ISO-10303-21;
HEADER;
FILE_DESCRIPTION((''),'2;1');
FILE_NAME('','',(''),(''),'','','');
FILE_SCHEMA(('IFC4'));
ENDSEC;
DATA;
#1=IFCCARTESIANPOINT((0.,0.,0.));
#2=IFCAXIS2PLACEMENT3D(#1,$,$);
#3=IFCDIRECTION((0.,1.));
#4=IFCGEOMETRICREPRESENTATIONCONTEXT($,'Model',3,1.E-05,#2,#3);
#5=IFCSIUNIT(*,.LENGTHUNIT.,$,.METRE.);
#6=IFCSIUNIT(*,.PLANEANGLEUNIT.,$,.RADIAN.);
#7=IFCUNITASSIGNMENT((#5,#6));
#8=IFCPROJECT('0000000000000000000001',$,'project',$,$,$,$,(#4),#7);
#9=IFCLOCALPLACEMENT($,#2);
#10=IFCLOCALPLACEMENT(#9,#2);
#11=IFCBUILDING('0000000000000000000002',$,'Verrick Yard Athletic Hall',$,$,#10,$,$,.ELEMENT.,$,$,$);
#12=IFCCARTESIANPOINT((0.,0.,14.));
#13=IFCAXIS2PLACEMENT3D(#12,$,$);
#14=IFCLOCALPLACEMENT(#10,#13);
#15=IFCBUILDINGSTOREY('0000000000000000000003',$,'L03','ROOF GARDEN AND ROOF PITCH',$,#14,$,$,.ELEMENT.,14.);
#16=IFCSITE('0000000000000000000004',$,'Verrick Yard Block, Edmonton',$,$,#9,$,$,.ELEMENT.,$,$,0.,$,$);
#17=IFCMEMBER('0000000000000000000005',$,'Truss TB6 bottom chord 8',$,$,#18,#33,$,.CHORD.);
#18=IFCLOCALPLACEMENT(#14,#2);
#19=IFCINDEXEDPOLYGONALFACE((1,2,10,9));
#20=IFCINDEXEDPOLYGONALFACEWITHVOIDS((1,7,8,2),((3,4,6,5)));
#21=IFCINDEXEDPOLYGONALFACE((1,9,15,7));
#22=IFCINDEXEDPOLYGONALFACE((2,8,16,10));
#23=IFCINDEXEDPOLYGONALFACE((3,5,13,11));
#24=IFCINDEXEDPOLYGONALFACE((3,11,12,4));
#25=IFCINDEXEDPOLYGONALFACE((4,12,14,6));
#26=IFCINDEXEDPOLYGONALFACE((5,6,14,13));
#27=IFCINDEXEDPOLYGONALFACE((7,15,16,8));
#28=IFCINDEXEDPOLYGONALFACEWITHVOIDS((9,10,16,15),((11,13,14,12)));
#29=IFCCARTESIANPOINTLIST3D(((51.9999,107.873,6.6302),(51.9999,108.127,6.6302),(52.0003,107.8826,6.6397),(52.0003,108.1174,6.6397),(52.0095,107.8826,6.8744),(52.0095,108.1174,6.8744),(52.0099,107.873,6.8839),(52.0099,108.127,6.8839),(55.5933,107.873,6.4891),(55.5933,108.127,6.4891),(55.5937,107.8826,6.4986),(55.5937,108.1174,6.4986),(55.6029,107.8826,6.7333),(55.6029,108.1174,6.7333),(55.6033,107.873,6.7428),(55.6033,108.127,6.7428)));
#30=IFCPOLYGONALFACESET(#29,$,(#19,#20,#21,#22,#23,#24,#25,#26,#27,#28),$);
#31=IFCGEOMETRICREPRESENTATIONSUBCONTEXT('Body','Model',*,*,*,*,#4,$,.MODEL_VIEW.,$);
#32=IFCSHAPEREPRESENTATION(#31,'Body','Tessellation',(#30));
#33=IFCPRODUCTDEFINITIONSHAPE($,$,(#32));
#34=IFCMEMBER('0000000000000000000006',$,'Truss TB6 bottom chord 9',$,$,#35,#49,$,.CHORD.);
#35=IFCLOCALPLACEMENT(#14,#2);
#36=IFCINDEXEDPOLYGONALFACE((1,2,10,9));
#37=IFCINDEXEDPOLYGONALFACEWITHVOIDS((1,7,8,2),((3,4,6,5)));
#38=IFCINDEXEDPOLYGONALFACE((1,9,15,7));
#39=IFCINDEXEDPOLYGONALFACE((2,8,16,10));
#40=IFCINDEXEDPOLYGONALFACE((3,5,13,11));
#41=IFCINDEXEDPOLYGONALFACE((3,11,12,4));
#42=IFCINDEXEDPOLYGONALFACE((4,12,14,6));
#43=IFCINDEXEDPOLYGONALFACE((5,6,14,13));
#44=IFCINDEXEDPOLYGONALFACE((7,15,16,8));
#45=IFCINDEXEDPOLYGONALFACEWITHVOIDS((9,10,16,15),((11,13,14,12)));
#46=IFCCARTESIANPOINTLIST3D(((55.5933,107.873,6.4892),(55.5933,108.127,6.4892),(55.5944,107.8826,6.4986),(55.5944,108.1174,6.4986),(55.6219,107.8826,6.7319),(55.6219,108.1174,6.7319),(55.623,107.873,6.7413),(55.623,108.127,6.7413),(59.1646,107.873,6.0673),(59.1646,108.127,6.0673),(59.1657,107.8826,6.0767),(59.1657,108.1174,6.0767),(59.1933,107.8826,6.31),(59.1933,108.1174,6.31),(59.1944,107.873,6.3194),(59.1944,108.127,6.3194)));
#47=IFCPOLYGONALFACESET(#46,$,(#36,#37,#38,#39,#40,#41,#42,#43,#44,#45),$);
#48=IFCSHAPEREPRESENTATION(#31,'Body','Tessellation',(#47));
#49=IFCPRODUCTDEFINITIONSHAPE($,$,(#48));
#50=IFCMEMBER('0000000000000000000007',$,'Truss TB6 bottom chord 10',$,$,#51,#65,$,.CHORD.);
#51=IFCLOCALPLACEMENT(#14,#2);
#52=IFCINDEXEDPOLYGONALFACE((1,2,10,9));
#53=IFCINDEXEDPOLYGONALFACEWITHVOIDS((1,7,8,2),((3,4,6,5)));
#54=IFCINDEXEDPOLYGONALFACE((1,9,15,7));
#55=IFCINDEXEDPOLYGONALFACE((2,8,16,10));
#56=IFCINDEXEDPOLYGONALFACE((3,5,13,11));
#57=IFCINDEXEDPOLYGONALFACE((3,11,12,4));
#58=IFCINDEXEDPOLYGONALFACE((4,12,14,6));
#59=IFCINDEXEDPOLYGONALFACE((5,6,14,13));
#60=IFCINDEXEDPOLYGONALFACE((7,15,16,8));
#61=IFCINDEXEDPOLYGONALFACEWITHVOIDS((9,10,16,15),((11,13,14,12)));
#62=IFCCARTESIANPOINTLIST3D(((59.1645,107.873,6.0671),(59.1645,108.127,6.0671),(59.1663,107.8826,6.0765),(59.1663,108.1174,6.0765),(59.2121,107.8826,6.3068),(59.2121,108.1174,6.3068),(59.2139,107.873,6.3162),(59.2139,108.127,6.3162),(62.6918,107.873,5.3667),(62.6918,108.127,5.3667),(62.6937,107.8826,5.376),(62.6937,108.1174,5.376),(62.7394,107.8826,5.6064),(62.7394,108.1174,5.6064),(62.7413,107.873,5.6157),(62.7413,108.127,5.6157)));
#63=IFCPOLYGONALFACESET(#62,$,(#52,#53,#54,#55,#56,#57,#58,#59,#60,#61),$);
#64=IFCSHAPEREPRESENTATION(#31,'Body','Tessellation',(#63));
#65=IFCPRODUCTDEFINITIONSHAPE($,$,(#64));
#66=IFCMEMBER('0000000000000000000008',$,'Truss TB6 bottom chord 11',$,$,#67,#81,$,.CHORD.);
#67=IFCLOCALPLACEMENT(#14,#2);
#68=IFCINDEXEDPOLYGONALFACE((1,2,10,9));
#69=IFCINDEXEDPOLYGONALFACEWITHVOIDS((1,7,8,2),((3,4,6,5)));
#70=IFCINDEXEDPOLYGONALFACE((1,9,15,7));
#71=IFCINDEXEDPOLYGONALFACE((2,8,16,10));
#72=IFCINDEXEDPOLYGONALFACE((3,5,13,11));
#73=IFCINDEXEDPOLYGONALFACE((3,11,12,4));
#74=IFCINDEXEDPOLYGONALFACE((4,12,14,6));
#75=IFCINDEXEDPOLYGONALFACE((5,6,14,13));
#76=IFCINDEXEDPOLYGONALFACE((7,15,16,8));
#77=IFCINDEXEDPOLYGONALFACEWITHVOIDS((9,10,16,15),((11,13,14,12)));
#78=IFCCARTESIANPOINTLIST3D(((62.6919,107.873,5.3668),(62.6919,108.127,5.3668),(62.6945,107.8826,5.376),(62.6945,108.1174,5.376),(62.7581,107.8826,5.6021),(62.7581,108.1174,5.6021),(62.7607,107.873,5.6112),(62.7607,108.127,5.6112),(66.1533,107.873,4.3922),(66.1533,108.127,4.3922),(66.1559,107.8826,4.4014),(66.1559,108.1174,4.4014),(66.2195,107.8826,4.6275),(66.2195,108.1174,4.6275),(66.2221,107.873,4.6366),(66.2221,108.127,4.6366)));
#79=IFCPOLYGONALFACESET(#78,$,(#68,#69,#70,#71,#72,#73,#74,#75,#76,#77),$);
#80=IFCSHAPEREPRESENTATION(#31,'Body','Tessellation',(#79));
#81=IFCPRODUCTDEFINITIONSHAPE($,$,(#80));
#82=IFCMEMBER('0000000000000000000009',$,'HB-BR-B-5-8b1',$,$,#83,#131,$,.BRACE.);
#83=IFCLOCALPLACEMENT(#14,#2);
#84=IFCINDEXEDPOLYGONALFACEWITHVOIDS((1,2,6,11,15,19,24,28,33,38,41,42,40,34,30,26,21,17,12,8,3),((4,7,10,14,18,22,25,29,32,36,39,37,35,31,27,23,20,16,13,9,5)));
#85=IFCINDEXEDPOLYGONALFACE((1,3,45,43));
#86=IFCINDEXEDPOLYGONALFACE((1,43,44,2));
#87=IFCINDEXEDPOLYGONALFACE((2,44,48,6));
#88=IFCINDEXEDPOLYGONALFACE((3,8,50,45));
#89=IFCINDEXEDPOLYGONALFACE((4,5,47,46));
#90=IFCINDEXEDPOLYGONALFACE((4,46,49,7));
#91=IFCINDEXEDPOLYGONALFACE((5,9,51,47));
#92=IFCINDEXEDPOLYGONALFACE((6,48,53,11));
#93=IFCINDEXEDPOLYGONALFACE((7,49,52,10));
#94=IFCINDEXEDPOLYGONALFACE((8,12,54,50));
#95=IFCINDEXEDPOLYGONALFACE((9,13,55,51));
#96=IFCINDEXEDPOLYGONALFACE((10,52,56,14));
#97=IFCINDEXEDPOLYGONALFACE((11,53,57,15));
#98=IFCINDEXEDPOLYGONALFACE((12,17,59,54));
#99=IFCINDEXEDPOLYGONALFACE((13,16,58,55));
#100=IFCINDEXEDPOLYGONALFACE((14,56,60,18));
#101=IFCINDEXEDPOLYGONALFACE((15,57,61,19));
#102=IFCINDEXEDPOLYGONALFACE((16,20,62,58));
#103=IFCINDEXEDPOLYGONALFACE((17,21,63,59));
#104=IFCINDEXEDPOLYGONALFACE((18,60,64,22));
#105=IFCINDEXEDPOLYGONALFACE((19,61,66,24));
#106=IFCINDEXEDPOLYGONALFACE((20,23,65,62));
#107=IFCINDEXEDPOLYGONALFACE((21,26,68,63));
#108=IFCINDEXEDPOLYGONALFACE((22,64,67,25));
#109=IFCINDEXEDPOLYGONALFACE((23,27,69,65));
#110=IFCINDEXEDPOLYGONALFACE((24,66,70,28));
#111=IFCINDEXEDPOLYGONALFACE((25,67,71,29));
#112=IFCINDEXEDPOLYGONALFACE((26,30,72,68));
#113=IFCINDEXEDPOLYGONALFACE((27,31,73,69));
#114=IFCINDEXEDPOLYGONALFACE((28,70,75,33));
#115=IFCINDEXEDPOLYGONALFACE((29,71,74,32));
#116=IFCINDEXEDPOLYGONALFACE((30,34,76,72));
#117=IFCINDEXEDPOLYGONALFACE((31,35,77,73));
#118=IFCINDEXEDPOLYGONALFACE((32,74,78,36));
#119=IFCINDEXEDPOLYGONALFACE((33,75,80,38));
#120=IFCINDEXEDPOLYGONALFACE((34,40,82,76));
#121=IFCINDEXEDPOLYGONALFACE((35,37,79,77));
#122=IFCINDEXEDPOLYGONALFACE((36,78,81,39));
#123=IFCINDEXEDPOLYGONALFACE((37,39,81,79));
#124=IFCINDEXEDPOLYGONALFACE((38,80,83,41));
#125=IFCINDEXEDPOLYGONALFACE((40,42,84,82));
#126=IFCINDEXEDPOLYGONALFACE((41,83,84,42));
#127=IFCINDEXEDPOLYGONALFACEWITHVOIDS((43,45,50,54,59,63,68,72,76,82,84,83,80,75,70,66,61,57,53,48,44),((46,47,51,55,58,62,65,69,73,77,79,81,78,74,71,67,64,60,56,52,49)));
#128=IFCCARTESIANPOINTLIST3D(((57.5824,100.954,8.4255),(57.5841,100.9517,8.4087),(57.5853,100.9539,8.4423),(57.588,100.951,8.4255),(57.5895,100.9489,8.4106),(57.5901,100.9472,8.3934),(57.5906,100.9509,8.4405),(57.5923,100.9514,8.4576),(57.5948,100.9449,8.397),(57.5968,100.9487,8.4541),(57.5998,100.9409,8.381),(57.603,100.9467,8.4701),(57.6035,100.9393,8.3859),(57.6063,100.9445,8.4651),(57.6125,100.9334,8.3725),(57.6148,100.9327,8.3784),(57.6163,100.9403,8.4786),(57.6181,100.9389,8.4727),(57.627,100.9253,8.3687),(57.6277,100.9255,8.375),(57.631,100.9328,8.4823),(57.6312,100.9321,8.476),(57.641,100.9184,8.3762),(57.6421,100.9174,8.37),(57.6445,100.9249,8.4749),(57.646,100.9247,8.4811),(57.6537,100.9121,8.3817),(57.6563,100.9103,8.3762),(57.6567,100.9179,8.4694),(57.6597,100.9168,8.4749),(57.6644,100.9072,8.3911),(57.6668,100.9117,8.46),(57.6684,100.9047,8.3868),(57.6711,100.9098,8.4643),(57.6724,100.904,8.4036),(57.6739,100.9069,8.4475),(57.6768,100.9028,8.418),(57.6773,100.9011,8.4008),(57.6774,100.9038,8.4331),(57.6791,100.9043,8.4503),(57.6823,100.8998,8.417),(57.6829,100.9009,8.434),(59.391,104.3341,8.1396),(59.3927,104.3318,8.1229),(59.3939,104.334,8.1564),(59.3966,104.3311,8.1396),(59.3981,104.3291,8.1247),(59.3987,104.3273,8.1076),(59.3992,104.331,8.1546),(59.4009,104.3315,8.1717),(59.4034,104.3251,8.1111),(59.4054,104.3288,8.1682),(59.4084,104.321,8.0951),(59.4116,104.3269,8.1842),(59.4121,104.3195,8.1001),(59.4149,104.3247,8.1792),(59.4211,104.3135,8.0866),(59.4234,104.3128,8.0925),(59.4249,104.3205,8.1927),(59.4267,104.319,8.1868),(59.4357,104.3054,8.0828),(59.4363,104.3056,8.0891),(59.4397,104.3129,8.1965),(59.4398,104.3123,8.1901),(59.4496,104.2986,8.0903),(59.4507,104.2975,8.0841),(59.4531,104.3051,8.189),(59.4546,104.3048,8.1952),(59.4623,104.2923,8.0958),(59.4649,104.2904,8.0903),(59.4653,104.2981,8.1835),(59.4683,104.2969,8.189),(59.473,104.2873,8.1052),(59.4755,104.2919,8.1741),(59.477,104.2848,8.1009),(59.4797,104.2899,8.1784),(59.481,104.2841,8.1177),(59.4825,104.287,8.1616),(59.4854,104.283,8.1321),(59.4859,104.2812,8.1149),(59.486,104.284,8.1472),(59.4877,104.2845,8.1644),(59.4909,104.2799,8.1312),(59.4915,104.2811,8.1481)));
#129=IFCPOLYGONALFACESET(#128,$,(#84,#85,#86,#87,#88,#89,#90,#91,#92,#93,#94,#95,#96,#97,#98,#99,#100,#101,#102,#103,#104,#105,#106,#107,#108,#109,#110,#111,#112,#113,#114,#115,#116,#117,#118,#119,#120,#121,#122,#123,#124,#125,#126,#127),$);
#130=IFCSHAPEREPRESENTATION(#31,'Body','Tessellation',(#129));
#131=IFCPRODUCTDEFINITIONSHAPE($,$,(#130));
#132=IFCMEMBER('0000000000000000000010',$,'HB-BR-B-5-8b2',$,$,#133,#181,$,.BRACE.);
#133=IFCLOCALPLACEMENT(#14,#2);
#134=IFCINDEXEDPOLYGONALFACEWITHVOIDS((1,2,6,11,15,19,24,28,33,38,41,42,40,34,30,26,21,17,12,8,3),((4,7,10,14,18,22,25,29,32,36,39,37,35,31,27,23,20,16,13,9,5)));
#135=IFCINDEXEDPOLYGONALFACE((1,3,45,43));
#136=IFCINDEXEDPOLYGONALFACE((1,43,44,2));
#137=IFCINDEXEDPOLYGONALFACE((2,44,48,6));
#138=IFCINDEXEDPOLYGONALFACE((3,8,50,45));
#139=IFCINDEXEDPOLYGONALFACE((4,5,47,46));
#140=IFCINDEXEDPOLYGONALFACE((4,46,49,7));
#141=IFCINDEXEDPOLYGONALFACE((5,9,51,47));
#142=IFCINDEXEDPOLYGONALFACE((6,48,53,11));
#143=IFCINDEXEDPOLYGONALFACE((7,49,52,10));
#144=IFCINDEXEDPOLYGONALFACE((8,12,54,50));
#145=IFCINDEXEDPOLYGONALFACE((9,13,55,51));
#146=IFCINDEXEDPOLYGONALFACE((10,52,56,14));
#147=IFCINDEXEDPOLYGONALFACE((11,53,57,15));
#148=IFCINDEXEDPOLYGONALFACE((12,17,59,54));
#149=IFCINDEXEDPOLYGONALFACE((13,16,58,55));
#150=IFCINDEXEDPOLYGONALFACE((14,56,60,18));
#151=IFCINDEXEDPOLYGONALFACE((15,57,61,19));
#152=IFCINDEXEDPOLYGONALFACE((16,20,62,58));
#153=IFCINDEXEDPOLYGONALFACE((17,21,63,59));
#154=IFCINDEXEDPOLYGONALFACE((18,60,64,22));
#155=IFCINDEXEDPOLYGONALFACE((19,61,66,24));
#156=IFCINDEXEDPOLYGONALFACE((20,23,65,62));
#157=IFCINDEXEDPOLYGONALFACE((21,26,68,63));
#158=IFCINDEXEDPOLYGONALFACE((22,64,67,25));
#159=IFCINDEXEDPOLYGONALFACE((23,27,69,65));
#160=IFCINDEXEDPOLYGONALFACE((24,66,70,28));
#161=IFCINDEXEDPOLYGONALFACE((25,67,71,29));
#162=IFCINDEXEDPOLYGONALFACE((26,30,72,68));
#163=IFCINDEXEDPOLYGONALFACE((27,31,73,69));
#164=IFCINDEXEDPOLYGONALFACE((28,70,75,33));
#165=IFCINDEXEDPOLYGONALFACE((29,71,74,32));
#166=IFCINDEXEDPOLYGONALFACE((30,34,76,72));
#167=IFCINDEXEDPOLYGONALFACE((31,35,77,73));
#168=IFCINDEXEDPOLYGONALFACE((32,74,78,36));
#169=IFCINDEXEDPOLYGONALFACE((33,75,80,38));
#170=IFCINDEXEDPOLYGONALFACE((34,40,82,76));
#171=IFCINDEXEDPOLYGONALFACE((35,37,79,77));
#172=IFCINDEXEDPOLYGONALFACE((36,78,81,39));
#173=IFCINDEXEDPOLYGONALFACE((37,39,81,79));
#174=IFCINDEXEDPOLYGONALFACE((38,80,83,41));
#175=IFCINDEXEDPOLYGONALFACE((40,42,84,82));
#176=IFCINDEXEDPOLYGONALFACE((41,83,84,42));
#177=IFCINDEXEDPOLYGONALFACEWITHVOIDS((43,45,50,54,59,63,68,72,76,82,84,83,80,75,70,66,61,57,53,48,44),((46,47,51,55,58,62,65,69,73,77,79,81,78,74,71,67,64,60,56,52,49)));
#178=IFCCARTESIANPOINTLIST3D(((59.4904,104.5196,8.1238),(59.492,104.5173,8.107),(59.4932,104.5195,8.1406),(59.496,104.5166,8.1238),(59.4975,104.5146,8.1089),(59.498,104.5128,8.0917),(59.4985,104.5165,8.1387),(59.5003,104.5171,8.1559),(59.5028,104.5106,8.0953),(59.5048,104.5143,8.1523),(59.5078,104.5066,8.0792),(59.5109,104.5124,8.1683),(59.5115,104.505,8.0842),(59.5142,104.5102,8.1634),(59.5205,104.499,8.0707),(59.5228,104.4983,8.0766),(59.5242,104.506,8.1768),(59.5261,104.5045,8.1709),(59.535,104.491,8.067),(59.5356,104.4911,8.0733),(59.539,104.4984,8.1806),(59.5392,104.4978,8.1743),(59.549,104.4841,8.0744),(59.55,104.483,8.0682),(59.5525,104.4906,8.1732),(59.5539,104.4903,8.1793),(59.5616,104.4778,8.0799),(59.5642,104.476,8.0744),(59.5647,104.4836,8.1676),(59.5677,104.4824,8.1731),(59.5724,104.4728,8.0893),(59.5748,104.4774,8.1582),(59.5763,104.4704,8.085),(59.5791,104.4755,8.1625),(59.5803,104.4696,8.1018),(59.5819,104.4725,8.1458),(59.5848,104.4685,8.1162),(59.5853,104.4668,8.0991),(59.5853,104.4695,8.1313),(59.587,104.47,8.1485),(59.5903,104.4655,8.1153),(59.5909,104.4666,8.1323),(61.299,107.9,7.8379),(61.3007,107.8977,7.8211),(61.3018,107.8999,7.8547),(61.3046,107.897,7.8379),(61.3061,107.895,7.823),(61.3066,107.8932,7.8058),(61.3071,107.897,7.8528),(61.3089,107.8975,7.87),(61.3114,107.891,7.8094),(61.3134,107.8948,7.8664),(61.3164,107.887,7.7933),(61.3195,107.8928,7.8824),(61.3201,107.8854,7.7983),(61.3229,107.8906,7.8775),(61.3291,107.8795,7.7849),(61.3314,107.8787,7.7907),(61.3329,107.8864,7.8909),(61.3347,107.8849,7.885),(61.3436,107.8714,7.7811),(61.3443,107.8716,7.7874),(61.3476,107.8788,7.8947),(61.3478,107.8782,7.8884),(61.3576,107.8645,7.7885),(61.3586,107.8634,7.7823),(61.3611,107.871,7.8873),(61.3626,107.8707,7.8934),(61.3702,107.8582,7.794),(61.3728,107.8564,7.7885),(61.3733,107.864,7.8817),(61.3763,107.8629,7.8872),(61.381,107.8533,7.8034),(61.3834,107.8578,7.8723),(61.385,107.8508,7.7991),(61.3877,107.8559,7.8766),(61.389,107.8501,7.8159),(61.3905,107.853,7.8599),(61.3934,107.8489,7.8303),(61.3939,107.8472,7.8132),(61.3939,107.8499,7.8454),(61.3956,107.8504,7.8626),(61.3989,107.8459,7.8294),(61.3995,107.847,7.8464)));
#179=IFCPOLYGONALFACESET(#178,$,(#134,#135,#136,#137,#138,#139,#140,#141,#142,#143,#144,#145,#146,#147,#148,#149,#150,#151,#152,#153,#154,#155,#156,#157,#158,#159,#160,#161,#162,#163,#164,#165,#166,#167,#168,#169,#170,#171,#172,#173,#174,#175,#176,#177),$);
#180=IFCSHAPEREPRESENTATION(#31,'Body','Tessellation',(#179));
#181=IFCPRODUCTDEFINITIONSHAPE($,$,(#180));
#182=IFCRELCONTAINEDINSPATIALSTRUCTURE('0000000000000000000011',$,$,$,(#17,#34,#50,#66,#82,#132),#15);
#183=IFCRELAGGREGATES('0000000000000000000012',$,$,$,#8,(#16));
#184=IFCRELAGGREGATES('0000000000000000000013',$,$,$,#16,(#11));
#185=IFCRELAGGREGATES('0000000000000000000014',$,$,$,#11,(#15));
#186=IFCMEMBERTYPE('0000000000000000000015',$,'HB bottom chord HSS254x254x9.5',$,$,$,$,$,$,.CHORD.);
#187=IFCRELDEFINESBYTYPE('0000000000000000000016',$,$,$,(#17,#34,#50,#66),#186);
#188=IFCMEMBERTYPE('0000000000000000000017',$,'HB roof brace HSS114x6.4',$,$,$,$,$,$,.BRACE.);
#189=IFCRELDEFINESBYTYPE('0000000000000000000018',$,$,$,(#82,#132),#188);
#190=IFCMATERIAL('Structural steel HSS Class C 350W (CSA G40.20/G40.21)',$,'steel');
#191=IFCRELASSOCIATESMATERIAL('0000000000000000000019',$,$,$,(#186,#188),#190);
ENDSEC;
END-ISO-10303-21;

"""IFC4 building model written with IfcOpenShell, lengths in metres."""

from ifc_helpers import new_model, si_unit, direction, frame, origin, origin_2d, place, context, subcontext, project, spatial, hollow_rectangle, hollow_circle, extrude, material, material_profile, profile_set, type_object, element, save


model = new_model("IFC4")

# Units and contexts
model_context = context("Model", 3, precision=1e-05, world=origin(), true_north=direction((0.0, 1.0)))
body_context = subcontext(model_context, "Body", "Model", "MODEL_VIEW")
ifc_project = project(units=[si_unit("LENGTHUNIT", "METRE"), si_unit("PLANEANGLEUNIT", "RADIAN")], contexts=[model_context])

# Site, building, storey
site_placement = place(None, origin())
site = spatial("IfcSite", under=ifc_project, at=site_placement, Name="Verrick Yard Block, Edmonton", CompositionType="ELEMENT", RefElevation=0.0)
building_placement = place(site_placement, origin())
building = spatial("IfcBuilding", under=site, at=building_placement, Name="Verrick Yard Athletic Hall", CompositionType="ELEMENT")
storey_placement = place(building_placement, frame((0.0, 0.0, 14.0)))
storey = spatial("IfcBuildingStorey", under=building, at=storey_placement, Name="L03", Description="ROOF GARDEN AND ROOF PITCH", CompositionType="ELEMENT", Elevation=14.0)

# Members
ifc_material_1 = material(Name="Structural steel HSS Class C 350W (CSA G40.20/G40.21)", Category="steel")
ifc_material_profile_1 = material_profile(ifc_material_1, hollow_rectangle(XDim=0.2539, YDim=0.2539, WallThickness=0.0095, at=origin_2d()), Name="HSS254x254x9.5")
ifc_profile_set_1 = profile_set([ifc_material_profile_1], Name="Structural steel HSS Class C 350W (CSA G40.20/G40.21)")
member_type_1 = type_object("IfcMemberType", Name="HB bottom chord HSS254x254x9.5", PredefinedType="CHORD", material=ifc_profile_set_1)
for number, where, z_axis, x_axis, name in (
    (1, (52.0049, 108.0, 6.7571), (0.99923, 0.0, -0.039239), (0.0, 1.0, 0.0), "Truss TB6 bottom chord 8"),
    (2, (55.6082, 108.0, 6.6152), (0.993095, 0.0, -0.117314), (0.0, 1.0, 0.0), "Truss TB6 bottom chord 9"),
    (3, (59.1892, 108.0, 6.1917), (0.980849, 0.0, -0.194771), (0.0, 1.0, 0.0), "Truss TB6 bottom chord 10"),
):
    element("IfcMember", number, at=place(storey_placement, frame(where, z_axis=z_axis, x_axis=x_axis)), inside=storey, type_object=member_type_1, Name=name, PredefinedType="CHORD", context=body_context, shape_type="SweptSolid", body=[
        extrude(hollow_rectangle(XDim=0.2539, YDim=0.2539, WallThickness=0.0095, at=origin_2d()), origin(), (0.0, 0.0, 1.0), 3.5962),
    ])
member_1_placement = place(storey_placement, frame((62.7263, 108.0, 5.489), z_axis=(0.962572, 0.0, -0.271025), x_axis=(0.0, 1.0, 0.0)))
element("IfcMember", 4, at=member_1_placement, inside=storey, type_object=member_type_1, Name="Truss TB6 bottom chord 11", PredefinedType="CHORD", context=body_context, shape_type="SweptSolid", body=[
    extrude(hollow_rectangle(XDim=0.2539, YDim=0.2539, WallThickness=0.0095, at=origin_2d()), origin(), (0.0, 0.0, 1.0), 3.5959),
])
ifc_material_profile_2 = material_profile(ifc_material_1, hollow_circle(Radius=0.0571, WallThickness=0.0063, at=origin_2d()), Name="HSS114x6.4")
ifc_profile_set_2 = profile_set([ifc_material_profile_2], Name="Structural steel HSS Class C 350W (CSA G40.20/G40.21)")
member_type_2 = type_object("IfcMemberType", Name="HB roof brace HSS114x6.4", PredefinedType="BRACE", material=ifc_profile_set_2)
member_2_placement = place(storey_placement, frame((57.6328, 100.927, 8.4255), z_axis=(0.470471, 0.879276, -0.074369), x_axis=(-0.881717, 0.471778, 0.0)))
element("IfcMember", 5, at=member_2_placement, inside=storey, type_object=member_type_2, Name="HB-BR-B-5-8b1", PredefinedType="BRACE", context=body_context, shape_type="SweptSolid", body=[
    extrude(hollow_circle(Radius=0.0571, WallThickness=0.0063, at=origin_2d()), origin(), (0.0, 0.0, 1.0), 3.8442),
])
member_3_placement = place(storey_placement, frame((59.5408, 104.4927, 8.1238), z_axis=(0.470445, 0.87929, -0.074364), x_axis=(-0.881732, 0.471751, 0.0)))
element("IfcMember", 6, at=member_3_placement, inside=storey, type_object=member_type_2, Name="HB-BR-B-5-8b2", PredefinedType="BRACE", context=body_context, shape_type="SweptSolid", body=[
    extrude(hollow_circle(Radius=0.0571, WallThickness=0.0063, at=origin_2d()), origin(), (0.0, 0.0, 1.0), 3.8445),
])

save(model, "model.ifc")
